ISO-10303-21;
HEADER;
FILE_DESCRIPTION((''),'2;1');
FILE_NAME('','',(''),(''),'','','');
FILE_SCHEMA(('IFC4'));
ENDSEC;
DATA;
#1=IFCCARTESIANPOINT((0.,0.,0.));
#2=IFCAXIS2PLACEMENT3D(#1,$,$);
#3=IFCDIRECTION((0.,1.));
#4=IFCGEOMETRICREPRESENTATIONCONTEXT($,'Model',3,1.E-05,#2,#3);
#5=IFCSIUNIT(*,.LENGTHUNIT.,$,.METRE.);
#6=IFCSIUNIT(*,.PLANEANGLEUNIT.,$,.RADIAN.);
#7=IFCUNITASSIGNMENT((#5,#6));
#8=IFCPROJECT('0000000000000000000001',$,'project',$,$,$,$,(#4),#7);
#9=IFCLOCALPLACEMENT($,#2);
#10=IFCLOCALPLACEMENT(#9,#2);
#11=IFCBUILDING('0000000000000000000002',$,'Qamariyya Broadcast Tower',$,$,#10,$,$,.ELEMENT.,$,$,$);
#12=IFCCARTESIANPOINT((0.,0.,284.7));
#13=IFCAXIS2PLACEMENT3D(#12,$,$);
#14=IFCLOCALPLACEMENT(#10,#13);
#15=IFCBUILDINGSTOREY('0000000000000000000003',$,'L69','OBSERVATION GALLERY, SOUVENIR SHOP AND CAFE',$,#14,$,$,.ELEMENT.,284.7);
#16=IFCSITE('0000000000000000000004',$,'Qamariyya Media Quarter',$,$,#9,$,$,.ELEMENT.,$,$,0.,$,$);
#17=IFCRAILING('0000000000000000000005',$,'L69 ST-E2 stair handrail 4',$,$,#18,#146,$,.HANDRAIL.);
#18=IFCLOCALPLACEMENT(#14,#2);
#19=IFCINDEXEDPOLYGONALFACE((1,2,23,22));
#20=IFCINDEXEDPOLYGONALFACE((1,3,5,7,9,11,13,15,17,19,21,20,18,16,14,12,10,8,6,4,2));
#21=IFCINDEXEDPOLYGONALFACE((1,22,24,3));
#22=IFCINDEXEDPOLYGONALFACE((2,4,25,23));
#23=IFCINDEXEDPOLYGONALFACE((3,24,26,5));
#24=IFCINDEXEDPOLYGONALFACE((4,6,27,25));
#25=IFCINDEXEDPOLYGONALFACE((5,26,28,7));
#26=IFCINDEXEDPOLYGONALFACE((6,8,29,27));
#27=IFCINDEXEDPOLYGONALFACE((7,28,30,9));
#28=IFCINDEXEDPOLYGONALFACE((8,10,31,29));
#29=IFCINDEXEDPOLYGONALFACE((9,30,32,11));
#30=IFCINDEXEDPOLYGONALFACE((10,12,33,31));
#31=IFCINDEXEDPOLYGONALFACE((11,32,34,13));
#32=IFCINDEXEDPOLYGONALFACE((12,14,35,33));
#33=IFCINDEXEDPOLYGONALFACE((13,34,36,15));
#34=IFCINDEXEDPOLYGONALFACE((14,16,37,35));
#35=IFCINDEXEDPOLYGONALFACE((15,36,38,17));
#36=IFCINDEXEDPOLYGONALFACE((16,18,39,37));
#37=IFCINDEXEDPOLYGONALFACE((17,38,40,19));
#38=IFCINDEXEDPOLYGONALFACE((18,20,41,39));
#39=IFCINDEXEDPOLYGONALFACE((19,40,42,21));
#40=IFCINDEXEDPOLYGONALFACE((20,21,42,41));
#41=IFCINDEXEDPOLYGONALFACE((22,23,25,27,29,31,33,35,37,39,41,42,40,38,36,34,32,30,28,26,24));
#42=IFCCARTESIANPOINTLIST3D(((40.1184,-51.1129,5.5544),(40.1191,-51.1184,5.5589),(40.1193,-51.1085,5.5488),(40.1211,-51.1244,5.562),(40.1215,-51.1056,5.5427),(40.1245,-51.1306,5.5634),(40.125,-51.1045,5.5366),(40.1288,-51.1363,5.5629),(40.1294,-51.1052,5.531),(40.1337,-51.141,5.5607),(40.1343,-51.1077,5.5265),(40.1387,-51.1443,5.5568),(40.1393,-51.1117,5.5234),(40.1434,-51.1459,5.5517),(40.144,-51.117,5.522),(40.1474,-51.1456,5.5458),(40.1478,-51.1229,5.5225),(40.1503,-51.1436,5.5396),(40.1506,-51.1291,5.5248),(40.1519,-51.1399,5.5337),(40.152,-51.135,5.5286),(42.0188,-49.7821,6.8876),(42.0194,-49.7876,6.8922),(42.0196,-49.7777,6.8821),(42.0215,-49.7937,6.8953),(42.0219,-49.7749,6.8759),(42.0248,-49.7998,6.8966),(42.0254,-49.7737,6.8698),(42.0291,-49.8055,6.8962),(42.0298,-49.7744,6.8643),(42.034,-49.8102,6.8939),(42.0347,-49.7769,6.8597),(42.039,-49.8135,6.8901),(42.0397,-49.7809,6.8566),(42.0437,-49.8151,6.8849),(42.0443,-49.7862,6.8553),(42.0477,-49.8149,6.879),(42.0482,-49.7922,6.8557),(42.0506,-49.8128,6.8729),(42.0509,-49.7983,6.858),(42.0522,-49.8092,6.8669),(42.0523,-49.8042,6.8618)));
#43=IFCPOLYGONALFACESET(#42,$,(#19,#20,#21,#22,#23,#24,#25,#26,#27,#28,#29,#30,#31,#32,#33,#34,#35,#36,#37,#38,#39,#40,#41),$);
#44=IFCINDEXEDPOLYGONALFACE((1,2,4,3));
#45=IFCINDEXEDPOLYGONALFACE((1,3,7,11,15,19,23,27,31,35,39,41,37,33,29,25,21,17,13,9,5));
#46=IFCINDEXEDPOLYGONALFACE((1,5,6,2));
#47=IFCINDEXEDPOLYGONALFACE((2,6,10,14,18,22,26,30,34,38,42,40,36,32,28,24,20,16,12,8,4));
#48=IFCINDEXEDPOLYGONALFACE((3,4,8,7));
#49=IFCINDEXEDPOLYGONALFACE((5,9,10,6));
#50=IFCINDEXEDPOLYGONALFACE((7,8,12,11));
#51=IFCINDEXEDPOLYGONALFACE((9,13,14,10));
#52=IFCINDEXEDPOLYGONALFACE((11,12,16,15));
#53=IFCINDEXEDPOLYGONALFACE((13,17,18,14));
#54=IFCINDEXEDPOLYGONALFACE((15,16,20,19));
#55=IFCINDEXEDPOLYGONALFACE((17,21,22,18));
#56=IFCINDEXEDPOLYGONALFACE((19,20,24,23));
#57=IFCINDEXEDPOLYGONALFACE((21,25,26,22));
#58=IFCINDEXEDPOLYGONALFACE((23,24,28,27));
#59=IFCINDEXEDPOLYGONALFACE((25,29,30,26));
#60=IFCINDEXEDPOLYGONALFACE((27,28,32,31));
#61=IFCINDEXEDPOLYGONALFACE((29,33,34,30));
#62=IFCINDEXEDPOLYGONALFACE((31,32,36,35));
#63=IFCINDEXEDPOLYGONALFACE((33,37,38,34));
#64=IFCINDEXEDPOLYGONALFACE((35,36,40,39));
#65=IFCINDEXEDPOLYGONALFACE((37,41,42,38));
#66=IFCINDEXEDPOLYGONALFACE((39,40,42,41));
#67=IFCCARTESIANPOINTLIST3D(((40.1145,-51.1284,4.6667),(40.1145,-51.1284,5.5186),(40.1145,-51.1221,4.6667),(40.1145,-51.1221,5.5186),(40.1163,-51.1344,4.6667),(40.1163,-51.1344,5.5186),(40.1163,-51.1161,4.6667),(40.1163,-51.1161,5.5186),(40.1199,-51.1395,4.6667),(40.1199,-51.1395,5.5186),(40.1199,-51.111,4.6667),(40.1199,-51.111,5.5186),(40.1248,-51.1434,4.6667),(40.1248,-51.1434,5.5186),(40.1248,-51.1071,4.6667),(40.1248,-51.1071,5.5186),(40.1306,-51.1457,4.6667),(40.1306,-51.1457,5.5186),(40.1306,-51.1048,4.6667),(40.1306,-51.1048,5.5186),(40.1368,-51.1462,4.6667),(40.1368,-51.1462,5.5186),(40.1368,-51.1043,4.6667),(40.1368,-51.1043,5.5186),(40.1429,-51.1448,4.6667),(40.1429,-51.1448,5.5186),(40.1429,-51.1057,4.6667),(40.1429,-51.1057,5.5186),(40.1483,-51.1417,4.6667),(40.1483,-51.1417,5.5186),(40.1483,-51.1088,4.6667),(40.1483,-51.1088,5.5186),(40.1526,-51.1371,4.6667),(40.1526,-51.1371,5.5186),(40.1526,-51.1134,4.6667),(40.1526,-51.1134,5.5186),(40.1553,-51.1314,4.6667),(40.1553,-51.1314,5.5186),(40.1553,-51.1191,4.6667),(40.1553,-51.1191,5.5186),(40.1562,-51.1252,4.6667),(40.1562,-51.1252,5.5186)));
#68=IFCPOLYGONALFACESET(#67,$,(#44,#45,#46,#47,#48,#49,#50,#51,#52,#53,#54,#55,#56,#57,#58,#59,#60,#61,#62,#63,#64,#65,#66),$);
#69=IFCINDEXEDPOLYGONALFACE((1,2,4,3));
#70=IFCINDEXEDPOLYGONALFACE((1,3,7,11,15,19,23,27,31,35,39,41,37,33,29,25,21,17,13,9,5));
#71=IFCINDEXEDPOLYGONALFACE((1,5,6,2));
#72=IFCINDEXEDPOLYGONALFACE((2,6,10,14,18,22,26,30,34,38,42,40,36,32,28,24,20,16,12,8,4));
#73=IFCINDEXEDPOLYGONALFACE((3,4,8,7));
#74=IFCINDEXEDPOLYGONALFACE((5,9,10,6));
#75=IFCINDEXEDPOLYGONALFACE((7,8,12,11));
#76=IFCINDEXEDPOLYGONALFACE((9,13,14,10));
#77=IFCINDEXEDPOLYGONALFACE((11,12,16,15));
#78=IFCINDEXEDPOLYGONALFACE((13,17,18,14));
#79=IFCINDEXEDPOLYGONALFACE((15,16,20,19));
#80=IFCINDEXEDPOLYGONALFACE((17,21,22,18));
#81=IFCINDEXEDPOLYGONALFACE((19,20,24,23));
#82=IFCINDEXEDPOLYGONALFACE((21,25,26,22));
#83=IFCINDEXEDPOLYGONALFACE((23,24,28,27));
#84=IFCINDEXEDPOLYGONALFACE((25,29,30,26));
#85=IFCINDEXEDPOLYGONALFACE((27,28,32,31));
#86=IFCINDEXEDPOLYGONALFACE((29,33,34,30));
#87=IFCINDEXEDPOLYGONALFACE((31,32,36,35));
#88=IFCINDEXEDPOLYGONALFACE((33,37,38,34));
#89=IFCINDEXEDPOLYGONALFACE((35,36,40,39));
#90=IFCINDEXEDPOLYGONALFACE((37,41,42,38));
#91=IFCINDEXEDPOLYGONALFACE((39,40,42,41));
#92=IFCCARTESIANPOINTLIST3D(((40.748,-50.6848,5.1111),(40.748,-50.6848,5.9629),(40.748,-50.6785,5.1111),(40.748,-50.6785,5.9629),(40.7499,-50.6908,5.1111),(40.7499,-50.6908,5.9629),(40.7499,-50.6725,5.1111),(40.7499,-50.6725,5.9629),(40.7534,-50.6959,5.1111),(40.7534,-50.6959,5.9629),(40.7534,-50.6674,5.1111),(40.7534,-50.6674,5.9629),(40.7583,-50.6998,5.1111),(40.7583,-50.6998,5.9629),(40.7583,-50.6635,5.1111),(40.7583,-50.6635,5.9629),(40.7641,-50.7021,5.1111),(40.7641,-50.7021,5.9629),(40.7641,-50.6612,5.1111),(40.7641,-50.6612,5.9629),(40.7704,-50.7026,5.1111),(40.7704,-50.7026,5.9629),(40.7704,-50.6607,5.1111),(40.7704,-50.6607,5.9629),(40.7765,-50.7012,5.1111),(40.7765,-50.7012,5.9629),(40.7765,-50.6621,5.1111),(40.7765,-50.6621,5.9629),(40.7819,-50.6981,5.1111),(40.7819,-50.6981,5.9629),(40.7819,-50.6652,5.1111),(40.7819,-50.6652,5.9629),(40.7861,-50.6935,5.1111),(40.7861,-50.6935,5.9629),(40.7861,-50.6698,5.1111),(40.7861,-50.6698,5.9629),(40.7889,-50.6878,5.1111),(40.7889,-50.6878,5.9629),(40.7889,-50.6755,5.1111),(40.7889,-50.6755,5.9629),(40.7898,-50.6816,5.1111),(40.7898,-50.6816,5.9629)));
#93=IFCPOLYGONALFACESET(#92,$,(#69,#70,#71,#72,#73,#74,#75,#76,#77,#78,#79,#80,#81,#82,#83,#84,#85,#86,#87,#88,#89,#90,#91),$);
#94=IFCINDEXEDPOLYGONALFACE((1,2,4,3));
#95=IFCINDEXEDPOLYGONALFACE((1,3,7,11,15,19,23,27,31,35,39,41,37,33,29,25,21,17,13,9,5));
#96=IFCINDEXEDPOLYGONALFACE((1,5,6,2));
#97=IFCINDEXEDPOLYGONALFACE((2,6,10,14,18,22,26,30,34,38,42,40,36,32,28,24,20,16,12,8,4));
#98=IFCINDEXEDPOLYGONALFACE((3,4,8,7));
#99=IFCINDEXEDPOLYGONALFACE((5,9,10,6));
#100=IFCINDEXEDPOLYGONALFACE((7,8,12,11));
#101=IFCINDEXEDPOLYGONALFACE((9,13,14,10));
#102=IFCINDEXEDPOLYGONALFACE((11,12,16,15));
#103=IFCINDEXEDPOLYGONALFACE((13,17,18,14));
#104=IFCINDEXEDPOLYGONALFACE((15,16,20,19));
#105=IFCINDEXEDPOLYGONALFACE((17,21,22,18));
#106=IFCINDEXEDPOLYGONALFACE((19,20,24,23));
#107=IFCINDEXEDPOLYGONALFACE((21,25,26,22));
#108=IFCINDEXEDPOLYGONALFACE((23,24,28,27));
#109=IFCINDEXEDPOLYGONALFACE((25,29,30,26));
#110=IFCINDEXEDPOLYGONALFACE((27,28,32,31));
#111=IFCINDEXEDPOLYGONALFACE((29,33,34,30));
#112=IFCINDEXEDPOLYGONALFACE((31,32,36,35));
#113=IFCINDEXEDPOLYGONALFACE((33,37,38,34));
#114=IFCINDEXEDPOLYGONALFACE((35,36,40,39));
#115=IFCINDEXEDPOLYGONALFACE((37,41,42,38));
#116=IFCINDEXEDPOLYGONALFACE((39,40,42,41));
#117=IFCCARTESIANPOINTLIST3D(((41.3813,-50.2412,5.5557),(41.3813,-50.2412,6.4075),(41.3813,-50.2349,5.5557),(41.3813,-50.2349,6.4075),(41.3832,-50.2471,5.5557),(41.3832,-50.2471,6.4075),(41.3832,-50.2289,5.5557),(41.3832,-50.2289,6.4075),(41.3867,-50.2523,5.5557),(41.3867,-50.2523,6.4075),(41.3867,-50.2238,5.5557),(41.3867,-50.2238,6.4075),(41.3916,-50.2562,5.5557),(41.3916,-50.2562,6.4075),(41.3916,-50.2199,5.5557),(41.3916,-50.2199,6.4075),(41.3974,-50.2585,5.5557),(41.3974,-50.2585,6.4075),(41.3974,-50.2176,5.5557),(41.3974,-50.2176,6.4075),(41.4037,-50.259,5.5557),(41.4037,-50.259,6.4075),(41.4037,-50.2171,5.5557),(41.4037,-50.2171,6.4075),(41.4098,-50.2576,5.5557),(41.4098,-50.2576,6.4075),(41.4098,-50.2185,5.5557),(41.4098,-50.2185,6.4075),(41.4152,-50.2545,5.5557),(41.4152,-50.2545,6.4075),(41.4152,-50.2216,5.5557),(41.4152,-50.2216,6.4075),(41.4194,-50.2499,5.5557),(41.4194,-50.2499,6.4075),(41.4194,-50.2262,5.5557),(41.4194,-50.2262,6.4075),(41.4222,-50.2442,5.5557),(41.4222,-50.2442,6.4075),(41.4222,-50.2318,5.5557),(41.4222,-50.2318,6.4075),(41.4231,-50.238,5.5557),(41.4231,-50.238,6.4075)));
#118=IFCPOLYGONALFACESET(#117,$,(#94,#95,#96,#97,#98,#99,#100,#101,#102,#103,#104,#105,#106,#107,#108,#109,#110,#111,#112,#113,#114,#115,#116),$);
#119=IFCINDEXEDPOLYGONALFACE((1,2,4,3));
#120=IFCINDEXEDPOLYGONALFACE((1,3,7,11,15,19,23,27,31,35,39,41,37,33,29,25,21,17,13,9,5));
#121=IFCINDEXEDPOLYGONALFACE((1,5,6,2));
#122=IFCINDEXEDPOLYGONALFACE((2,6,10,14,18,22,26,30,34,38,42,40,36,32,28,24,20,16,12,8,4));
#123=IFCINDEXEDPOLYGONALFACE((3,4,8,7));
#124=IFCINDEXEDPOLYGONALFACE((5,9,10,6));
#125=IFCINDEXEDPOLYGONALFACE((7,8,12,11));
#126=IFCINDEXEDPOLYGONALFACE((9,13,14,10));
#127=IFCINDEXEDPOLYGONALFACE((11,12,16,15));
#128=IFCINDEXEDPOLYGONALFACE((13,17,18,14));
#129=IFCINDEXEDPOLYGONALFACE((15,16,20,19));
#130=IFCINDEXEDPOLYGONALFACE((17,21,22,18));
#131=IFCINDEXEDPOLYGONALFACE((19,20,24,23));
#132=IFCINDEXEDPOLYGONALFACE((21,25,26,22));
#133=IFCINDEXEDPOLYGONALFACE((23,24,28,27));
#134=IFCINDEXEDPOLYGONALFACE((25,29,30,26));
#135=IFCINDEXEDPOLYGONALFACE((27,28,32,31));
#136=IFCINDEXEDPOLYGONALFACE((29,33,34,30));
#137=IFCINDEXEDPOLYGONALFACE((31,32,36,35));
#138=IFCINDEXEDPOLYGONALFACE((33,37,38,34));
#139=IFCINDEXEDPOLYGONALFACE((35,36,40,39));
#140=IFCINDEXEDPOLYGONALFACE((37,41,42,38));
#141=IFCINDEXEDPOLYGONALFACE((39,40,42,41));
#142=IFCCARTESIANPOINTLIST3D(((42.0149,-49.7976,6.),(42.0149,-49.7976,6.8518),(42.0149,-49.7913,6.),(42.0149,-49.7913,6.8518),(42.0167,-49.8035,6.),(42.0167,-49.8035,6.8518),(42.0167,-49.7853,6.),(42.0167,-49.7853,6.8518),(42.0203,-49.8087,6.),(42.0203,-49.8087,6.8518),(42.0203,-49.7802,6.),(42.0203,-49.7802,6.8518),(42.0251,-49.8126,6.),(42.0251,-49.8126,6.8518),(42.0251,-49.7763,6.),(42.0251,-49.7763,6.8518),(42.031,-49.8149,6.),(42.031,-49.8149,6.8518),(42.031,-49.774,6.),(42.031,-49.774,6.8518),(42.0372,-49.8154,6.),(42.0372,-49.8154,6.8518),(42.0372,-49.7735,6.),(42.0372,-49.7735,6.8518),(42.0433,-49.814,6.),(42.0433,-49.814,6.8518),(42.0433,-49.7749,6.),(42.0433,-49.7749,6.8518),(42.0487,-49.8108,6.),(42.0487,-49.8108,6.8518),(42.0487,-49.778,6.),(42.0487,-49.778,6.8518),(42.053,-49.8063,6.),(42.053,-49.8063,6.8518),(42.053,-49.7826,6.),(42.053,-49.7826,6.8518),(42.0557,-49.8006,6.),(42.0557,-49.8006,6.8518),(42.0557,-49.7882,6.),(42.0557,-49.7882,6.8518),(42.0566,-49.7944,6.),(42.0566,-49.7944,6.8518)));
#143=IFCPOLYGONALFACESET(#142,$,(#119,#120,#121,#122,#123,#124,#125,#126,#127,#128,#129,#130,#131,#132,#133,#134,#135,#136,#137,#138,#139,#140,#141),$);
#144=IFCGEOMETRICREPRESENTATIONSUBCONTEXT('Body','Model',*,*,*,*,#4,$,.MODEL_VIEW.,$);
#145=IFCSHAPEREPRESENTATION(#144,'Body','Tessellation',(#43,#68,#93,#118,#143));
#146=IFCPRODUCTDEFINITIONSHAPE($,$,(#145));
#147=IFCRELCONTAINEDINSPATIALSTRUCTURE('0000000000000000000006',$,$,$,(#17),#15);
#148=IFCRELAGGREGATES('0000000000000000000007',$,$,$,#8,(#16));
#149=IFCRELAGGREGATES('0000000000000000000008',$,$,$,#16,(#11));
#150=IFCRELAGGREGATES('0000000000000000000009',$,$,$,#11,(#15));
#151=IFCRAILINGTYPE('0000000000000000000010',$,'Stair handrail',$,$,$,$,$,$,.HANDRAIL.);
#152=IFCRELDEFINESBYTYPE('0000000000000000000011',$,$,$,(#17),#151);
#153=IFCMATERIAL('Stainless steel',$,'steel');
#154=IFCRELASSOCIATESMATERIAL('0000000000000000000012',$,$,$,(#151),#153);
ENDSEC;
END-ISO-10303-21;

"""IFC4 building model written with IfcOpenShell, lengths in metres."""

from ifc_helpers import new_model, si_unit, direction, frame, origin, origin_2d, place, context, subcontext, project, spatial, circle, extrude, material, type_object, element, save


model = new_model("IFC4")

# Units and contexts
model_context = context("Model", 3, precision=1e-05, world=origin(), true_north=direction((0.0, 1.0)))
body_context = subcontext(model_context, "Body", "Model", "MODEL_VIEW")
ifc_project = project(units=[si_unit("LENGTHUNIT", "METRE"), si_unit("PLANEANGLEUNIT", "RADIAN")], contexts=[model_context])

# Site, building, storey
site_placement = place(None, origin())
site = spatial("IfcSite", under=ifc_project, at=site_placement, Name="Qamariyya Media Quarter", CompositionType="ELEMENT", RefElevation=0.0)
building_placement = place(site_placement, origin())
building = spatial("IfcBuilding", under=site, at=building_placement, Name="Qamariyya Broadcast Tower", CompositionType="ELEMENT")
storey_placement = place(building_placement, frame((0.0, 0.0, 284.7)))
storey = spatial("IfcBuildingStorey", under=building, at=storey_placement, Name="L69", Description="OBSERVATION GALLERY, SOUVENIR SHOP AND CAFE", CompositionType="ELEMENT", Elevation=284.7)

# Railing
ifc_material_1 = material(Name="Stainless steel", Category="steel")
railing_type_1 = type_object("IfcRailingType", Name="Stair handrail", PredefinedType="HANDRAIL", material=ifc_material_1)
railing_1_placement = place(storey_placement, frame((40.1353, -51.1252, 4.6667)))
element("IfcRailing", 1, at=railing_1_placement, inside=storey, type_object=railing_type_1, Name="L69 ST-E2 stair handrail 4", PredefinedType="HANDRAIL", context=body_context, shape_type="SweptSolid", body=[
    extrude(circle(Radius=0.0239, at=origin_2d()), frame((0.0, 0.0, 0.876), z_axis=(0.710204, 0.497344, 0.498256), x_axis=(-0.573618, 0.819123, 0.0)), (0.0, 0.0, 1.0), 2.6758),
    extrude(circle(Radius=0.021, at=origin_2d()), origin(), (0.0, 0.0, 1.0), 0.8518),
    extrude(circle(Radius=0.021, at=origin_2d()), frame((0.6335, 0.4436, 0.4443)), (0.0, 0.0, 1.0), 0.8518),
    extrude(circle(Radius=0.021, at=origin_2d()), frame((1.2668, 0.8872, 0.8889)), (0.0, 0.0, 1.0), 0.8518),
    extrude(circle(Radius=0.021, at=origin_2d()), frame((1.9004, 1.3308, 1.3333)), (0.0, 0.0, 1.0), 0.8518),
])

save(model, "model.ifc")
